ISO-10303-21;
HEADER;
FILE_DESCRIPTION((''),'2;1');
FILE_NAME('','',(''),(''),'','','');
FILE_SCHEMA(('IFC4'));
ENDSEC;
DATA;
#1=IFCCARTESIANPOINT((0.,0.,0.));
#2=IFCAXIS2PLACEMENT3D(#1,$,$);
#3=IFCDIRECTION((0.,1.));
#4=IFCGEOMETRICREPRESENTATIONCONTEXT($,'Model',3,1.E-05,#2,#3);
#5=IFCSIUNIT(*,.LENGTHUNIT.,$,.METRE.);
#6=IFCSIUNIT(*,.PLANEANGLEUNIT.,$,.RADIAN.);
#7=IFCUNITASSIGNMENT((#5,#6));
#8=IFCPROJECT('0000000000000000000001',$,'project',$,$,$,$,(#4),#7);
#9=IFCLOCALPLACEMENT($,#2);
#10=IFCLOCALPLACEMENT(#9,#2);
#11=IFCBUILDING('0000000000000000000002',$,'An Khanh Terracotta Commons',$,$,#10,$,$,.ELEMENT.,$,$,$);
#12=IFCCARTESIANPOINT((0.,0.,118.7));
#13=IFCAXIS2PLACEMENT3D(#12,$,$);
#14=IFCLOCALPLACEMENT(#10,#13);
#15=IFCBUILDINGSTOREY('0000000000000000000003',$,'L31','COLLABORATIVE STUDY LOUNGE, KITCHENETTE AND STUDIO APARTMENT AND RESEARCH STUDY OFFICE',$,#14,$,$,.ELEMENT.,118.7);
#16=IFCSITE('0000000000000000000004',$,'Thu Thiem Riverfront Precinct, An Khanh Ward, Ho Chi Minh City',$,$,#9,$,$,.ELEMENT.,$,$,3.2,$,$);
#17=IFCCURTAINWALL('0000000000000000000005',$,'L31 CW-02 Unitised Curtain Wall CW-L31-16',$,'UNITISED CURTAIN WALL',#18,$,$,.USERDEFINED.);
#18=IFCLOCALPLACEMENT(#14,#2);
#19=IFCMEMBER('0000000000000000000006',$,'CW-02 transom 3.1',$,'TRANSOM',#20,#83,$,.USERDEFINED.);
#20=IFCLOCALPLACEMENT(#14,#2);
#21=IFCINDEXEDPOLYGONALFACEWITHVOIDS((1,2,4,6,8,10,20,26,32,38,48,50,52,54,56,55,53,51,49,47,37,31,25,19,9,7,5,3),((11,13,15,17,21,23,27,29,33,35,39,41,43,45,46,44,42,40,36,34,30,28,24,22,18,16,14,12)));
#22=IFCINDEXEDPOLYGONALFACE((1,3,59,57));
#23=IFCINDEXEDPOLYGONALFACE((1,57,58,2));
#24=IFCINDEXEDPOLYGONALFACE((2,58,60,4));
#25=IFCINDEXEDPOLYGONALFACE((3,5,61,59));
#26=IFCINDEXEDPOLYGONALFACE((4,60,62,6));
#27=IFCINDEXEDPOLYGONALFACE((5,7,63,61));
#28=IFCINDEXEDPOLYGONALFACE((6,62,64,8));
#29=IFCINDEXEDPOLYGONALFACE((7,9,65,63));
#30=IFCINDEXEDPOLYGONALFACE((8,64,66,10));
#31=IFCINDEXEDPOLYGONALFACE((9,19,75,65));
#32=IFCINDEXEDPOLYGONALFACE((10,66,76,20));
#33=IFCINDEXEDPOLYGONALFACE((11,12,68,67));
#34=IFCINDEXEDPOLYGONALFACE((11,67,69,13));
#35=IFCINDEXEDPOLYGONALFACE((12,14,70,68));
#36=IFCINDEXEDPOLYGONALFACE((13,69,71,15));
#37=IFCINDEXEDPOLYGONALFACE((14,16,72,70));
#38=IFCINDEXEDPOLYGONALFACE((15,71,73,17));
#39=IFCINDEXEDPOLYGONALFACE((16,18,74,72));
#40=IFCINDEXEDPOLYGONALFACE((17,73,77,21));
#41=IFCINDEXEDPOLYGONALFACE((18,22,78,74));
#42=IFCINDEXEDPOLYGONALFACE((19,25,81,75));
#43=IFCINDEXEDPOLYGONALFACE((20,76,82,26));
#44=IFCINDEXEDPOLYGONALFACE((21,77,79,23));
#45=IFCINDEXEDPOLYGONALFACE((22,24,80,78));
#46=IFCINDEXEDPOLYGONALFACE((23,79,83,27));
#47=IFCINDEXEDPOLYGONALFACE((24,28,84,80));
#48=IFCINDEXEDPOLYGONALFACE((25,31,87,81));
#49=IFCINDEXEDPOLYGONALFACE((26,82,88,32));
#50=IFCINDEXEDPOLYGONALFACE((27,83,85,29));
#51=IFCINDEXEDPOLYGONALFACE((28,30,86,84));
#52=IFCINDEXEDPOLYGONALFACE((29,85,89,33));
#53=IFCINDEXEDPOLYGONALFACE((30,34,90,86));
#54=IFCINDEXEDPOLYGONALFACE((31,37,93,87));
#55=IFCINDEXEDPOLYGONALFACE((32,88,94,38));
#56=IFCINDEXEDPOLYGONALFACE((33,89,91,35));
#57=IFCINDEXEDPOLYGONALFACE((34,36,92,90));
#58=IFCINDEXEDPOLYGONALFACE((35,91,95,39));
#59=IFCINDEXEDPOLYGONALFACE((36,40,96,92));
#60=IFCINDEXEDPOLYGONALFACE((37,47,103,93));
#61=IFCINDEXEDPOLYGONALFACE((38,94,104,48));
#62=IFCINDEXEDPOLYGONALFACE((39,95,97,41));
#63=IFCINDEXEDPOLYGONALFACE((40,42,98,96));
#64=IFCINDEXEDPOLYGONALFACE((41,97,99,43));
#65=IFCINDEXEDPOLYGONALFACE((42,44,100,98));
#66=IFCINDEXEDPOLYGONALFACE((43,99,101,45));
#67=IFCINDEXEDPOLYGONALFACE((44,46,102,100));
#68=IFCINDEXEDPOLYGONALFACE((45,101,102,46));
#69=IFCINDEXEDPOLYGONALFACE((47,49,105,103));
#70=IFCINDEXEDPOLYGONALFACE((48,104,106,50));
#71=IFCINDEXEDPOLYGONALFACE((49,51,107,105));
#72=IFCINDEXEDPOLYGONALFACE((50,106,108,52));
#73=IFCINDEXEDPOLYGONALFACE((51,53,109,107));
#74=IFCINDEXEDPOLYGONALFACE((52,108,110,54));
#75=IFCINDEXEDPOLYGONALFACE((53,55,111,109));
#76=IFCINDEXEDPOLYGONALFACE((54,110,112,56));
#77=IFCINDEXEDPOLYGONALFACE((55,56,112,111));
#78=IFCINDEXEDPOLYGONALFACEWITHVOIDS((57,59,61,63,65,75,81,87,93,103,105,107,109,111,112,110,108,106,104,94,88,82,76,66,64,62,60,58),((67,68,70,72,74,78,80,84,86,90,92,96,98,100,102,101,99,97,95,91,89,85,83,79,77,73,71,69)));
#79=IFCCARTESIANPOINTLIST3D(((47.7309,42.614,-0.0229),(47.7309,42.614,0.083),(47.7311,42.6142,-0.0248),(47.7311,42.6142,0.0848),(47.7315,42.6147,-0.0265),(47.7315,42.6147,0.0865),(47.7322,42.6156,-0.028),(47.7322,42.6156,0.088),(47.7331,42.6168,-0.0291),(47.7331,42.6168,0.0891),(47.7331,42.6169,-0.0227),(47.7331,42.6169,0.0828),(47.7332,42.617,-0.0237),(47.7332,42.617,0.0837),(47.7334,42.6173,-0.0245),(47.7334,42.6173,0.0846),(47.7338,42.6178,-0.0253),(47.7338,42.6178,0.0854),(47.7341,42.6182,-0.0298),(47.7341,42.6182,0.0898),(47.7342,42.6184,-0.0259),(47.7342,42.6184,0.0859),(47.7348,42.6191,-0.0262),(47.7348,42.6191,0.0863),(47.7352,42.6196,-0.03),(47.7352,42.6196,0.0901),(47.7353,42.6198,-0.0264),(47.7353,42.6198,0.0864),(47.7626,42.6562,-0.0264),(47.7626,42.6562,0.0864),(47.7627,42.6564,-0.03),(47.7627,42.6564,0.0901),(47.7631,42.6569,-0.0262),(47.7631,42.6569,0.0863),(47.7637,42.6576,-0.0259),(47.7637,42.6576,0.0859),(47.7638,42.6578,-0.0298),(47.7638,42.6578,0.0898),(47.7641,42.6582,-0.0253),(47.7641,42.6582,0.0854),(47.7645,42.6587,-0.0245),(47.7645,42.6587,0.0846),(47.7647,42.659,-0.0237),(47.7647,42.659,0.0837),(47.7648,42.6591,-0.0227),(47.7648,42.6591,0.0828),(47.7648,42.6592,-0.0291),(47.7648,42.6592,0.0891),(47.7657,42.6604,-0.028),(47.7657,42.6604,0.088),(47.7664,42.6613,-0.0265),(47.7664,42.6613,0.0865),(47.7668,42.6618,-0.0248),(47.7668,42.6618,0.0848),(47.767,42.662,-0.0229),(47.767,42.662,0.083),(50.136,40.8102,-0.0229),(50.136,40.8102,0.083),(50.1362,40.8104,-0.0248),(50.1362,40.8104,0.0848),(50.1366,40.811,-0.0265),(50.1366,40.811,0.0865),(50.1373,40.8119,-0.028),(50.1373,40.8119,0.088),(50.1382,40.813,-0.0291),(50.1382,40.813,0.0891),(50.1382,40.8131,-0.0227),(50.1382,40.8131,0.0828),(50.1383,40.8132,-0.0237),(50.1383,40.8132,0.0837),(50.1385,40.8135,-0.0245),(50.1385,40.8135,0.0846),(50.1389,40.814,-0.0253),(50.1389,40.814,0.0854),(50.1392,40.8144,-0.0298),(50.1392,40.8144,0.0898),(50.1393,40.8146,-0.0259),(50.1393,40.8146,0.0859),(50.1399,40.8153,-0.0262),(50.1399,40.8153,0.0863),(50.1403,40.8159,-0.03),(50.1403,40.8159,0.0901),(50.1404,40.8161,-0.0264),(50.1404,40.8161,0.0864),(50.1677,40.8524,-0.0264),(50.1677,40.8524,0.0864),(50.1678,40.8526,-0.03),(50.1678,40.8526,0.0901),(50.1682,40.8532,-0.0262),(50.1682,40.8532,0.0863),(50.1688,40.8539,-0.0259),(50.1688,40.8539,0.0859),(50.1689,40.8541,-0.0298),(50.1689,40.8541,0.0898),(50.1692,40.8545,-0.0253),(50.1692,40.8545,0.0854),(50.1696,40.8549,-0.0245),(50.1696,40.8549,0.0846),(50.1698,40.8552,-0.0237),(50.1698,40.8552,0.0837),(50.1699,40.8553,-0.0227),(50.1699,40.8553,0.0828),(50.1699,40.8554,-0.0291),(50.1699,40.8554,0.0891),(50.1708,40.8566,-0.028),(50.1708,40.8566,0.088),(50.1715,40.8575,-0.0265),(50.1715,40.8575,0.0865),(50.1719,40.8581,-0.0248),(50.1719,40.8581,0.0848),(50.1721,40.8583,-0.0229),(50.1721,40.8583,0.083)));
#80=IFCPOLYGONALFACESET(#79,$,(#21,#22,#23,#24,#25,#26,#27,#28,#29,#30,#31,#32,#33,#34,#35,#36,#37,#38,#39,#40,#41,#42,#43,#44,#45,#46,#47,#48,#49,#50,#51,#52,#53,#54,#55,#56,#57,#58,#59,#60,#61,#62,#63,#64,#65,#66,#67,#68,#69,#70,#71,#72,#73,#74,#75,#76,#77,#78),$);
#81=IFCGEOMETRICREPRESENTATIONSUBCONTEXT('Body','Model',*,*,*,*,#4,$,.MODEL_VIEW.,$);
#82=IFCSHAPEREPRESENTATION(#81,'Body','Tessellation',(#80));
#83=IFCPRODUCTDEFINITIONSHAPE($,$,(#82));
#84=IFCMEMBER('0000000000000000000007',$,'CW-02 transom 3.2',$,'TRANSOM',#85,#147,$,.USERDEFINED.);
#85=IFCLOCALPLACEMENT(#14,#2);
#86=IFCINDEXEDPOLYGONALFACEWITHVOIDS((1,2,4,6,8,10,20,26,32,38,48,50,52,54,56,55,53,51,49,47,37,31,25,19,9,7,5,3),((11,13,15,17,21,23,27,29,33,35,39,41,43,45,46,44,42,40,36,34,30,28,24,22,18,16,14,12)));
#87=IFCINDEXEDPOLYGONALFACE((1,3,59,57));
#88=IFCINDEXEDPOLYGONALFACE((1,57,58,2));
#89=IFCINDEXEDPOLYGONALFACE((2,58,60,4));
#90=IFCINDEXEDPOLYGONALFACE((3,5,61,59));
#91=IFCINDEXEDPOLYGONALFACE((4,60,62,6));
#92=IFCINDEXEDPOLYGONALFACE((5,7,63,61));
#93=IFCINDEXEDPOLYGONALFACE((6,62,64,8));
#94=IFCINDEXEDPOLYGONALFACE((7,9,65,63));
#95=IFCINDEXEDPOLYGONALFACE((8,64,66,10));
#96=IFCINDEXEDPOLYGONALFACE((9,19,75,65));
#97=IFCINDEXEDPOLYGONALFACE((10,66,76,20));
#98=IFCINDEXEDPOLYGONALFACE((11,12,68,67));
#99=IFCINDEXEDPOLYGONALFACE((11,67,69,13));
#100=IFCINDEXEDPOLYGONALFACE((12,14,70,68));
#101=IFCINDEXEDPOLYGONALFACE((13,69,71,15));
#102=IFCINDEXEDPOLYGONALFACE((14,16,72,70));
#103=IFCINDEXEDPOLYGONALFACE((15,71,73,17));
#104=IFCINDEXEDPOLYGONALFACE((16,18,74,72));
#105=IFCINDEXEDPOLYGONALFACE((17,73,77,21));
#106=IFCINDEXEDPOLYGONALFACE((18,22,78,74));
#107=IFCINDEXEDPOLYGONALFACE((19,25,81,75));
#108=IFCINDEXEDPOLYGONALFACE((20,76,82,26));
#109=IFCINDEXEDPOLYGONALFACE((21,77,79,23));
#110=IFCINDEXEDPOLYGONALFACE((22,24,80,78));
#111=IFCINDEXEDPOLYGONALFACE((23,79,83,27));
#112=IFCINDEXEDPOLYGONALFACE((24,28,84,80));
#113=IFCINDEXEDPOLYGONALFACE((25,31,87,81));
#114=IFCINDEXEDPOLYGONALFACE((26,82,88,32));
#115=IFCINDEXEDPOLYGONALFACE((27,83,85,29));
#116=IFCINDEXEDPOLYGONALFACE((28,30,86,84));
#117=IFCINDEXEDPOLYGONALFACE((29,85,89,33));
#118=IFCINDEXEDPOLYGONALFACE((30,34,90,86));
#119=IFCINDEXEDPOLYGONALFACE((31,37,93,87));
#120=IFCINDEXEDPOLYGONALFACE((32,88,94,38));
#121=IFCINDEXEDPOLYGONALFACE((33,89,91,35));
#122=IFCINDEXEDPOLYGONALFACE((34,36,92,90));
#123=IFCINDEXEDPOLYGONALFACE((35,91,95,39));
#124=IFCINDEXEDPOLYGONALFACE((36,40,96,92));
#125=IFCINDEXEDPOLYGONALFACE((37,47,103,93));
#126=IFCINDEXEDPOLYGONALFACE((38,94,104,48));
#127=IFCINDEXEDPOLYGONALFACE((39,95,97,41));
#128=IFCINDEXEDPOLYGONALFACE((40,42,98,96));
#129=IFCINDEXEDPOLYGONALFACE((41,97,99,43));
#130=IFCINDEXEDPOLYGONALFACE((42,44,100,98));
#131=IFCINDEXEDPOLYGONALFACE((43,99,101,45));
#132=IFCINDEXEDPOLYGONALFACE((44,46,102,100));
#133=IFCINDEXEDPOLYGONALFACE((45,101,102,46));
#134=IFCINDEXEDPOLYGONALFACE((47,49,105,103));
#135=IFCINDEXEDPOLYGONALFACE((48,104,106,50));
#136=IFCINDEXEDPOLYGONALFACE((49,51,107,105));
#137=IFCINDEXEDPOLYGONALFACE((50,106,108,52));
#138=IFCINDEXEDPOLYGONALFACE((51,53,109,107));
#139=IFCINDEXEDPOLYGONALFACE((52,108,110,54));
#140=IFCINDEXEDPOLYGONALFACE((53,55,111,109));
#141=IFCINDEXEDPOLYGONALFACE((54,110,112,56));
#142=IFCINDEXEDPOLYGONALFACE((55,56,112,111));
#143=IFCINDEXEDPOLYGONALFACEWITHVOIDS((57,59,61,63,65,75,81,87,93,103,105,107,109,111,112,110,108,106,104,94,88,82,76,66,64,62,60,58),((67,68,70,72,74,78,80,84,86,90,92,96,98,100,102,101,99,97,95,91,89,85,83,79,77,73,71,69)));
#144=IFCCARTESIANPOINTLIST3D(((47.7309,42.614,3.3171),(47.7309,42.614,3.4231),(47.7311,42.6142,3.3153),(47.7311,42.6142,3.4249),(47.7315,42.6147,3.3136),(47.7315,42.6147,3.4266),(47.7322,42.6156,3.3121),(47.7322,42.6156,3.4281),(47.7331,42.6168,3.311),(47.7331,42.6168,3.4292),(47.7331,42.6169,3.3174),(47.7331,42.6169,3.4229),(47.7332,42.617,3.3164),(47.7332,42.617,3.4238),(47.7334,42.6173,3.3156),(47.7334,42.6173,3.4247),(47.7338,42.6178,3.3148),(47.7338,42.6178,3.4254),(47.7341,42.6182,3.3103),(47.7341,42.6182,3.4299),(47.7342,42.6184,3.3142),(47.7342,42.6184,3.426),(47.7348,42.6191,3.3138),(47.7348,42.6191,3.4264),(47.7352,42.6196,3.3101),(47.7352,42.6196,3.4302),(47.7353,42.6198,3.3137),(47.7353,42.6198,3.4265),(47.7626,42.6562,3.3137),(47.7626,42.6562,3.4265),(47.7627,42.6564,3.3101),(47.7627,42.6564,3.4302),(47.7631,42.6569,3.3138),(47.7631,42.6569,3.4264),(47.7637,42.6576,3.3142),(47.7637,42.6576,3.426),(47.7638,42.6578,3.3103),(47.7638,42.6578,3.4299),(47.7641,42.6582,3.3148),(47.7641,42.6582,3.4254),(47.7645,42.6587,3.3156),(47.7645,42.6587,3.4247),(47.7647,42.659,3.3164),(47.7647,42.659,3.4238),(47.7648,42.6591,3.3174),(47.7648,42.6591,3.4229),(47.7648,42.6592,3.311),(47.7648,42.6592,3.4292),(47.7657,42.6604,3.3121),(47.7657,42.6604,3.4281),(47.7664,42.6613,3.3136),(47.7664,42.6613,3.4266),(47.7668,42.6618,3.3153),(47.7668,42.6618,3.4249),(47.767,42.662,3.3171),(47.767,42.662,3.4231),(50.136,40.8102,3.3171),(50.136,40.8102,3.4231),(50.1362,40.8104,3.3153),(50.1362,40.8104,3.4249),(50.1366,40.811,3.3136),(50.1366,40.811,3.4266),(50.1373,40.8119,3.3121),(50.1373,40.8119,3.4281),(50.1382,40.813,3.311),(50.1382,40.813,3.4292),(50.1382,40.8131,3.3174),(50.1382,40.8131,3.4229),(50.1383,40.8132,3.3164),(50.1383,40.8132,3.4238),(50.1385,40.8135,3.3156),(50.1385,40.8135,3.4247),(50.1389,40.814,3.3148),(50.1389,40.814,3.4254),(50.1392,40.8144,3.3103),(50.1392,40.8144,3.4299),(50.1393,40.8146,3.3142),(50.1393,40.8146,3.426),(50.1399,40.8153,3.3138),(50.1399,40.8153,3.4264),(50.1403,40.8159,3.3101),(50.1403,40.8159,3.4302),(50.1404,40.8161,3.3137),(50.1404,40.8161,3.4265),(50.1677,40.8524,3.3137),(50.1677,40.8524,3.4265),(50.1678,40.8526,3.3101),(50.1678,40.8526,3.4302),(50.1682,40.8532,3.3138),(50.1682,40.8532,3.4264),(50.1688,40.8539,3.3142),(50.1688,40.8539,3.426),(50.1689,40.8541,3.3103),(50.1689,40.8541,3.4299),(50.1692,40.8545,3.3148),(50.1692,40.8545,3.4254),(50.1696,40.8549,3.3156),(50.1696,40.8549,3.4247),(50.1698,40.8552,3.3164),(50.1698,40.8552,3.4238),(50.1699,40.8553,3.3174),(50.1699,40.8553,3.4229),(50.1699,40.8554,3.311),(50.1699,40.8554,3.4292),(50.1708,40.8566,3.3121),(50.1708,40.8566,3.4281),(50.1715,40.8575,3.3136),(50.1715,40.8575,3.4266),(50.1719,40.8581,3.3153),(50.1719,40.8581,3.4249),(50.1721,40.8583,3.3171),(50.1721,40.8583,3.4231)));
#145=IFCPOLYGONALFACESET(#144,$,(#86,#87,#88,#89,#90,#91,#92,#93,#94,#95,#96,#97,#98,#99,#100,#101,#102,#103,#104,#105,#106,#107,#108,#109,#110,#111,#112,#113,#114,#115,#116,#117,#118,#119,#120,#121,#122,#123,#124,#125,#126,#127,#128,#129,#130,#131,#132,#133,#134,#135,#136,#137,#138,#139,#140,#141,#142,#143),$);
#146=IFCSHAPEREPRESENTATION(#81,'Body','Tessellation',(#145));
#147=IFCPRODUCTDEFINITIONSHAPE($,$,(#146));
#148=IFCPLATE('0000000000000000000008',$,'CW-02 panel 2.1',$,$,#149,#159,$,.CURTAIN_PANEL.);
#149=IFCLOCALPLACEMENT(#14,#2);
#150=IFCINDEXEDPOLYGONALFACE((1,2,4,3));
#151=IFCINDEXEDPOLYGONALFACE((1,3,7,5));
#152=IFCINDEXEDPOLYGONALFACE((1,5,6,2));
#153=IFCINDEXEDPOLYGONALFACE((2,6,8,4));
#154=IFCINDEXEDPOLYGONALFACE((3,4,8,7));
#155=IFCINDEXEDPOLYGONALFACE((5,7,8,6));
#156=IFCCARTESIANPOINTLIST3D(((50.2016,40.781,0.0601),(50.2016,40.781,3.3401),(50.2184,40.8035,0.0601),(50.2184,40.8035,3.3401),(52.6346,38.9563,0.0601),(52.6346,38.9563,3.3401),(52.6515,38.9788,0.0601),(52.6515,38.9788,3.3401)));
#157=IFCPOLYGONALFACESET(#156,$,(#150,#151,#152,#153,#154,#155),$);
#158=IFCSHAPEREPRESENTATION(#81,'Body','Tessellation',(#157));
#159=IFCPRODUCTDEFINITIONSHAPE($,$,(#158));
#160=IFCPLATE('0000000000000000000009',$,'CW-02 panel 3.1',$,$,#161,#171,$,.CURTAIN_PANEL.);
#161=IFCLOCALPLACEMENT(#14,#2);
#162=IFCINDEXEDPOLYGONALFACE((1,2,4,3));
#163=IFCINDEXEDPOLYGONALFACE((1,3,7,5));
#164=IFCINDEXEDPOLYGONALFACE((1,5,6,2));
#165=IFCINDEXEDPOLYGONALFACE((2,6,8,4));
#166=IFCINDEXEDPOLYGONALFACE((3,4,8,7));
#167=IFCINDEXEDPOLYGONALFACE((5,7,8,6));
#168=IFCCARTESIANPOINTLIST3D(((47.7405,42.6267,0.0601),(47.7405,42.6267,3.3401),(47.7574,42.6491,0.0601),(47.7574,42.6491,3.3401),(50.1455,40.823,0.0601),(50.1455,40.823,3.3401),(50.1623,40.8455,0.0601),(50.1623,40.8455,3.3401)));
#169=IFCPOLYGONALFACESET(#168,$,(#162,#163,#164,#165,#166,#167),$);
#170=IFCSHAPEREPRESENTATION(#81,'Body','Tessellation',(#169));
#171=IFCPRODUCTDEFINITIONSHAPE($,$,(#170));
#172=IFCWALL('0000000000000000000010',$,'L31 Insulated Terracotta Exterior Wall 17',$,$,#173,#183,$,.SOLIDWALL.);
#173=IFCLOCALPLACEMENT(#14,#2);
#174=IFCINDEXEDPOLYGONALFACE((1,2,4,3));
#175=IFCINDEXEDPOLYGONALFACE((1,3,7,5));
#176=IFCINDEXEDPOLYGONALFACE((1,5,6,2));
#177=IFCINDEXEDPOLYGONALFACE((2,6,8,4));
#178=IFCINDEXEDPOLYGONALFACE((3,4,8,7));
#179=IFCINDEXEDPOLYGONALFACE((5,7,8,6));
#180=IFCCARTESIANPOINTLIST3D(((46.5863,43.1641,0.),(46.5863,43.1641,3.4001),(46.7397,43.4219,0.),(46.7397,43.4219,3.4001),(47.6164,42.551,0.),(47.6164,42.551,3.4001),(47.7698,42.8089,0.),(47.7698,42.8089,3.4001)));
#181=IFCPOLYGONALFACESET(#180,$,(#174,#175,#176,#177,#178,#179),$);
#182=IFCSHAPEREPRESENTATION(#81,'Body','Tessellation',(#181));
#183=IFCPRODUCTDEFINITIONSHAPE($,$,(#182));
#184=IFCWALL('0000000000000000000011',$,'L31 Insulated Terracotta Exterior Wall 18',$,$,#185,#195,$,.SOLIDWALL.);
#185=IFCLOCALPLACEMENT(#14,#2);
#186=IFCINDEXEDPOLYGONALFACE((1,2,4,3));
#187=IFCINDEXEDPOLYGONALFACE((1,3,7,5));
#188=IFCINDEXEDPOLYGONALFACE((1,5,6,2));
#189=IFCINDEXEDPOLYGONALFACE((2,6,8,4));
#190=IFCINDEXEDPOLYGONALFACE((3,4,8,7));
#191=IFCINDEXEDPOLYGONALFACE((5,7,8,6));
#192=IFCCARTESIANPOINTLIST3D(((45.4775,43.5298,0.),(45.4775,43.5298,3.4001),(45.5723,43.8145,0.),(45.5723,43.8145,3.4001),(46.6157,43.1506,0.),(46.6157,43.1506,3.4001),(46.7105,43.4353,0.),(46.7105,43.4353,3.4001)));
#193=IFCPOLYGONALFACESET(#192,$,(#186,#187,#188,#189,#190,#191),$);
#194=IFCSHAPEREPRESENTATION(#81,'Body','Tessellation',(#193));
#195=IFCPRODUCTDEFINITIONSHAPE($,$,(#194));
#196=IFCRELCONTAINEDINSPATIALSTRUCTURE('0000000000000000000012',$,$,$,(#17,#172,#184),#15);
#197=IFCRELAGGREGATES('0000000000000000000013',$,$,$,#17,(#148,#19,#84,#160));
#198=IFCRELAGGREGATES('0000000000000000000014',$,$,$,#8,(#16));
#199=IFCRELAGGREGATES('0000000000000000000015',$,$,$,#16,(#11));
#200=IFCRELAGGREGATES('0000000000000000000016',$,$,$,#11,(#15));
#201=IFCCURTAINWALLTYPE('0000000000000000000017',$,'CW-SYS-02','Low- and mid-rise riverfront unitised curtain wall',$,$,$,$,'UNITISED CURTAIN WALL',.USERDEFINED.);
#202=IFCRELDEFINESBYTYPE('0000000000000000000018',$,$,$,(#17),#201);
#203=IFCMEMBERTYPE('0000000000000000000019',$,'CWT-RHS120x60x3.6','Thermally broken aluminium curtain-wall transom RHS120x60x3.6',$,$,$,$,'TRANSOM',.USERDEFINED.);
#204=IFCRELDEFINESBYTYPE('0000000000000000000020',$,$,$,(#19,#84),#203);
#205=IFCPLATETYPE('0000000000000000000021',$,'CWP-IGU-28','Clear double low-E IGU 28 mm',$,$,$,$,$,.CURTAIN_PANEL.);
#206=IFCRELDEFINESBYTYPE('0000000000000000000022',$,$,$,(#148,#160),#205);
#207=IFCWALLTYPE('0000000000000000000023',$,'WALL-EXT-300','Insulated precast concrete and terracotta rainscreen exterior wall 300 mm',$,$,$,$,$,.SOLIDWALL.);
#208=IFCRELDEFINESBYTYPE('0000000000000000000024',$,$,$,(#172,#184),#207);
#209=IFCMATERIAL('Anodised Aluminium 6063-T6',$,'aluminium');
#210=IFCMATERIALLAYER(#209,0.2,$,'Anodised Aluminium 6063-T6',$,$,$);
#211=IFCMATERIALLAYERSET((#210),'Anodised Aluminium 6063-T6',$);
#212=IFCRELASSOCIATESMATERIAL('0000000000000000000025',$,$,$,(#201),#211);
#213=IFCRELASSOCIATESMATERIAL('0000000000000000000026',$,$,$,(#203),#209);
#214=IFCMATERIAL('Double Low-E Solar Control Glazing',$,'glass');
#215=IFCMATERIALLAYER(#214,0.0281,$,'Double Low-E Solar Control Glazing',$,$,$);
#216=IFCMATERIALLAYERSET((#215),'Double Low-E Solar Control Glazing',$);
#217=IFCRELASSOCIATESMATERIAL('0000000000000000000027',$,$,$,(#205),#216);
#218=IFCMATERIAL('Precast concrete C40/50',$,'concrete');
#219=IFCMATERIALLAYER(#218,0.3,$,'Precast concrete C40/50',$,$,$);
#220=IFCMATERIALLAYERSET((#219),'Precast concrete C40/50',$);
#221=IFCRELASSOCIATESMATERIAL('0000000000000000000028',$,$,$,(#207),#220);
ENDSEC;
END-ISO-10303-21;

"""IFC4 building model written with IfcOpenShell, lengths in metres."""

from ifc_helpers import new_model, si_unit, direction, frame, frame_2d, origin, origin_2d, place, context, subcontext, project, spatial, rectangle, hollow_rectangle, extrude, material, layer, layer_set, material_profile, profile_set, type_object, element, aggregate, save


model = new_model("IFC4")

# Units and contexts
model_context = context("Model", 3, precision=1e-05, world=origin(), true_north=direction((0.0, 1.0)))
body_context = subcontext(model_context, "Body", "Model", "MODEL_VIEW")
ifc_project = project(units=[si_unit("LENGTHUNIT", "METRE"), si_unit("PLANEANGLEUNIT", "RADIAN")], contexts=[model_context])

# Site, building, storey
site_placement = place(None, origin())
site = spatial("IfcSite", under=ifc_project, at=site_placement, Name="Thu Thiem Riverfront Precinct, An Khanh Ward, Ho Chi Minh City", CompositionType="ELEMENT", RefElevation=3.2)
building_placement = place(site_placement, origin())
building = spatial("IfcBuilding", under=site, at=building_placement, Name="An Khanh Terracotta Commons", CompositionType="ELEMENT")
storey_placement = place(building_placement, frame((0.0, 0.0, 118.7)))
storey = spatial("IfcBuildingStorey", under=building, at=storey_placement, Name="L31", Description="COLLABORATIVE STUDY LOUNGE, KITCHENETTE AND STUDIO APARTMENT AND RESEARCH STUDY OFFICE", CompositionType="ELEMENT", Elevation=118.7)

# Curtain wall, members, plates
ifc_material_1 = material(Name="Anodised Aluminium 6063-T6", Category="aluminium")
ifc_layer_1 = layer(ifc_material_1, 0.2, Name="Anodised Aluminium 6063-T6")
ifc_layer_set_1 = layer_set([ifc_layer_1], Name="Anodised Aluminium 6063-T6")
curtain_wall_type = type_object("IfcCurtainWallType", Name="CW-SYS-02", Description="Low- and mid-rise riverfront unitised curtain wall", ElementType="UNITISED CURTAIN WALL", PredefinedType="USERDEFINED", material=ifc_layer_set_1)
curtain_wall_placement = place(storey_placement, origin())
curtain_wall = element("IfcCurtainWall", 1, at=curtain_wall_placement, inside=storey, type_object=curtain_wall_type, Name="L31 CW-02 Unitised Curtain Wall CW-L31-16", ObjectType="UNITISED CURTAIN WALL", PredefinedType="USERDEFINED")
ifc_material_profile_1 = material_profile(ifc_material_1, hollow_rectangle(XDim=0.0601, YDim=0.1201, WallThickness=0.0037, InnerFilletRadius=0.0037, OuterFilletRadius=0.0071, at=origin_2d()), Name="RHS120x60x3.6")
ifc_profile_set_1 = profile_set([ifc_material_profile_1], Name="Anodised Aluminium 6063-T6")
member_type_1 = type_object("IfcMemberType", Name="CWT-RHS120x60x3.6", Description="Thermally broken aluminium curtain-wall transom RHS120x60x3.6", ElementType="TRANSOM", PredefinedType="USERDEFINED", material=ifc_profile_set_1)
member_1_placement = place(storey_placement, frame((50.1541, 40.8342, 0.03), z_axis=(-0.80001, 0.599987, 0.0), x_axis=(-0.599987, -0.80001, 0.0)))
member_1 = element("IfcMember", 2, at=member_1_placement, type_object=member_type_1, Name="CW-02 transom 3.1", ObjectType="TRANSOM", PredefinedType="USERDEFINED", context=body_context, shape_type="SweptSolid", body=[
    extrude(hollow_rectangle(XDim=0.0601, YDim=0.1201, WallThickness=0.0037, InnerFilletRadius=0.0037, OuterFilletRadius=0.0071, at=origin_2d()), origin(), (0.0, 0.0, 1.0), 3.0063),
])
member_2_placement = place(storey_placement, frame((50.1541, 40.8342, 3.3701), z_axis=(-0.80001, 0.599987, 0.0), x_axis=(-0.599987, -0.80001, 0.0)))
member_2 = element("IfcMember", 3, at=member_2_placement, type_object=member_type_1, Name="CW-02 transom 3.2", ObjectType="TRANSOM", PredefinedType="USERDEFINED", context=body_context, shape_type="SweptSolid", body=[
    extrude(hollow_rectangle(XDim=0.0601, YDim=0.1201, WallThickness=0.0037, InnerFilletRadius=0.0037, OuterFilletRadius=0.0071, at=origin_2d()), origin(), (0.0, 0.0, 1.0), 3.0063),
])
ifc_material_2 = material(Name="Double Low-E Solar Control Glazing", Category="glass")
ifc_layer_2 = layer(ifc_material_2, 0.0281, Name="Double Low-E Solar Control Glazing")
ifc_layer_set_2 = layer_set([ifc_layer_2], Name="Double Low-E Solar Control Glazing")
plate_type = type_object("IfcPlateType", Name="CWP-IGU-28", Description="Clear double low-E IGU 28 mm", PredefinedType="CURTAIN_PANEL", material=ifc_layer_set_2)
plate_1_placement = place(storey_placement, frame((51.4265, 39.8799, 0.0601), z_axis=(0.0, 0.0, 1.0), x_axis=(-0.800013, 0.599983, 0.0)))
plate_1 = element("IfcPlate", 4, at=plate_1_placement, type_object=plate_type, Name="CW-02 panel 2.1", PredefinedType="CURTAIN_PANEL", context=body_context, shape_type="SweptSolid", body=[
    extrude(rectangle(XDim=3.0413, YDim=0.0281, at=origin_2d()), origin(), (0.0, 0.0, 1.0), 3.28),
])
plate_2_placement = place(storey_placement, frame((48.9514, 41.7361, 0.0601), z_axis=(0.0, 0.0, 1.0), x_axis=(-0.800013, 0.599983, 0.0)))
plate_2 = element("IfcPlate", 5, at=plate_2_placement, type_object=plate_type, Name="CW-02 panel 3.1", PredefinedType="CURTAIN_PANEL", context=body_context, shape_type="SweptSolid", body=[
    extrude(rectangle(XDim=3.0061, YDim=0.0281, at=origin_2d()), origin(), (0.0, 0.0, 1.0), 3.28),
])
aggregate(curtain_wall, [plate_1, member_1, member_2, plate_2])

# Walls
ifc_material_3 = material(Name="Precast concrete C40/50", Category="concrete")
ifc_layer_3 = layer(ifc_material_3, 0.3, Name="Precast concrete C40/50")
ifc_layer_set_3 = layer_set([ifc_layer_3], Name="Precast concrete C40/50")
wall_type = type_object("IfcWallType", Name="WALL-EXT-300", Description="Insulated precast concrete and terracotta rainscreen exterior wall 300 mm", PredefinedType="SOLIDWALL", material=ifc_layer_set_3)
wall_1_placement = place(storey_placement, frame((47.6931, 42.6799, 0.0), z_axis=(0.0, 0.0, 1.0), x_axis=(-0.859321, 0.511437, 0.0)))
element("IfcWall", 6, at=wall_1_placement, inside=storey, type_object=wall_type, Name="L31 Insulated Terracotta Exterior Wall 17", PredefinedType="SOLIDWALL", context=body_context, shape_type="SweptSolid", body=[
    extrude(rectangle(XDim=1.1987, YDim=0.3, at=frame_2d((0.5994, 0.0))), origin(), (0.0, 0.0, 1.0), 3.4001),
])
wall_2_placement = place(storey_placement, frame((46.6631, 43.293, 0.0), z_axis=(0.0, 0.0, 1.0), x_axis=(-0.948744, 0.316045, 0.0)))
element("IfcWall", 7, at=wall_2_placement, inside=storey, type_object=wall_type, Name="L31 Insulated Terracotta Exterior Wall 18", PredefinedType="SOLIDWALL", context=body_context, shape_type="SweptSolid", body=[
    extrude(rectangle(XDim=1.1997, YDim=0.3, at=frame_2d((0.5999, 0.0))), origin(), (0.0, 0.0, 1.0), 3.4001),
])

save(model, "model.ifc")
